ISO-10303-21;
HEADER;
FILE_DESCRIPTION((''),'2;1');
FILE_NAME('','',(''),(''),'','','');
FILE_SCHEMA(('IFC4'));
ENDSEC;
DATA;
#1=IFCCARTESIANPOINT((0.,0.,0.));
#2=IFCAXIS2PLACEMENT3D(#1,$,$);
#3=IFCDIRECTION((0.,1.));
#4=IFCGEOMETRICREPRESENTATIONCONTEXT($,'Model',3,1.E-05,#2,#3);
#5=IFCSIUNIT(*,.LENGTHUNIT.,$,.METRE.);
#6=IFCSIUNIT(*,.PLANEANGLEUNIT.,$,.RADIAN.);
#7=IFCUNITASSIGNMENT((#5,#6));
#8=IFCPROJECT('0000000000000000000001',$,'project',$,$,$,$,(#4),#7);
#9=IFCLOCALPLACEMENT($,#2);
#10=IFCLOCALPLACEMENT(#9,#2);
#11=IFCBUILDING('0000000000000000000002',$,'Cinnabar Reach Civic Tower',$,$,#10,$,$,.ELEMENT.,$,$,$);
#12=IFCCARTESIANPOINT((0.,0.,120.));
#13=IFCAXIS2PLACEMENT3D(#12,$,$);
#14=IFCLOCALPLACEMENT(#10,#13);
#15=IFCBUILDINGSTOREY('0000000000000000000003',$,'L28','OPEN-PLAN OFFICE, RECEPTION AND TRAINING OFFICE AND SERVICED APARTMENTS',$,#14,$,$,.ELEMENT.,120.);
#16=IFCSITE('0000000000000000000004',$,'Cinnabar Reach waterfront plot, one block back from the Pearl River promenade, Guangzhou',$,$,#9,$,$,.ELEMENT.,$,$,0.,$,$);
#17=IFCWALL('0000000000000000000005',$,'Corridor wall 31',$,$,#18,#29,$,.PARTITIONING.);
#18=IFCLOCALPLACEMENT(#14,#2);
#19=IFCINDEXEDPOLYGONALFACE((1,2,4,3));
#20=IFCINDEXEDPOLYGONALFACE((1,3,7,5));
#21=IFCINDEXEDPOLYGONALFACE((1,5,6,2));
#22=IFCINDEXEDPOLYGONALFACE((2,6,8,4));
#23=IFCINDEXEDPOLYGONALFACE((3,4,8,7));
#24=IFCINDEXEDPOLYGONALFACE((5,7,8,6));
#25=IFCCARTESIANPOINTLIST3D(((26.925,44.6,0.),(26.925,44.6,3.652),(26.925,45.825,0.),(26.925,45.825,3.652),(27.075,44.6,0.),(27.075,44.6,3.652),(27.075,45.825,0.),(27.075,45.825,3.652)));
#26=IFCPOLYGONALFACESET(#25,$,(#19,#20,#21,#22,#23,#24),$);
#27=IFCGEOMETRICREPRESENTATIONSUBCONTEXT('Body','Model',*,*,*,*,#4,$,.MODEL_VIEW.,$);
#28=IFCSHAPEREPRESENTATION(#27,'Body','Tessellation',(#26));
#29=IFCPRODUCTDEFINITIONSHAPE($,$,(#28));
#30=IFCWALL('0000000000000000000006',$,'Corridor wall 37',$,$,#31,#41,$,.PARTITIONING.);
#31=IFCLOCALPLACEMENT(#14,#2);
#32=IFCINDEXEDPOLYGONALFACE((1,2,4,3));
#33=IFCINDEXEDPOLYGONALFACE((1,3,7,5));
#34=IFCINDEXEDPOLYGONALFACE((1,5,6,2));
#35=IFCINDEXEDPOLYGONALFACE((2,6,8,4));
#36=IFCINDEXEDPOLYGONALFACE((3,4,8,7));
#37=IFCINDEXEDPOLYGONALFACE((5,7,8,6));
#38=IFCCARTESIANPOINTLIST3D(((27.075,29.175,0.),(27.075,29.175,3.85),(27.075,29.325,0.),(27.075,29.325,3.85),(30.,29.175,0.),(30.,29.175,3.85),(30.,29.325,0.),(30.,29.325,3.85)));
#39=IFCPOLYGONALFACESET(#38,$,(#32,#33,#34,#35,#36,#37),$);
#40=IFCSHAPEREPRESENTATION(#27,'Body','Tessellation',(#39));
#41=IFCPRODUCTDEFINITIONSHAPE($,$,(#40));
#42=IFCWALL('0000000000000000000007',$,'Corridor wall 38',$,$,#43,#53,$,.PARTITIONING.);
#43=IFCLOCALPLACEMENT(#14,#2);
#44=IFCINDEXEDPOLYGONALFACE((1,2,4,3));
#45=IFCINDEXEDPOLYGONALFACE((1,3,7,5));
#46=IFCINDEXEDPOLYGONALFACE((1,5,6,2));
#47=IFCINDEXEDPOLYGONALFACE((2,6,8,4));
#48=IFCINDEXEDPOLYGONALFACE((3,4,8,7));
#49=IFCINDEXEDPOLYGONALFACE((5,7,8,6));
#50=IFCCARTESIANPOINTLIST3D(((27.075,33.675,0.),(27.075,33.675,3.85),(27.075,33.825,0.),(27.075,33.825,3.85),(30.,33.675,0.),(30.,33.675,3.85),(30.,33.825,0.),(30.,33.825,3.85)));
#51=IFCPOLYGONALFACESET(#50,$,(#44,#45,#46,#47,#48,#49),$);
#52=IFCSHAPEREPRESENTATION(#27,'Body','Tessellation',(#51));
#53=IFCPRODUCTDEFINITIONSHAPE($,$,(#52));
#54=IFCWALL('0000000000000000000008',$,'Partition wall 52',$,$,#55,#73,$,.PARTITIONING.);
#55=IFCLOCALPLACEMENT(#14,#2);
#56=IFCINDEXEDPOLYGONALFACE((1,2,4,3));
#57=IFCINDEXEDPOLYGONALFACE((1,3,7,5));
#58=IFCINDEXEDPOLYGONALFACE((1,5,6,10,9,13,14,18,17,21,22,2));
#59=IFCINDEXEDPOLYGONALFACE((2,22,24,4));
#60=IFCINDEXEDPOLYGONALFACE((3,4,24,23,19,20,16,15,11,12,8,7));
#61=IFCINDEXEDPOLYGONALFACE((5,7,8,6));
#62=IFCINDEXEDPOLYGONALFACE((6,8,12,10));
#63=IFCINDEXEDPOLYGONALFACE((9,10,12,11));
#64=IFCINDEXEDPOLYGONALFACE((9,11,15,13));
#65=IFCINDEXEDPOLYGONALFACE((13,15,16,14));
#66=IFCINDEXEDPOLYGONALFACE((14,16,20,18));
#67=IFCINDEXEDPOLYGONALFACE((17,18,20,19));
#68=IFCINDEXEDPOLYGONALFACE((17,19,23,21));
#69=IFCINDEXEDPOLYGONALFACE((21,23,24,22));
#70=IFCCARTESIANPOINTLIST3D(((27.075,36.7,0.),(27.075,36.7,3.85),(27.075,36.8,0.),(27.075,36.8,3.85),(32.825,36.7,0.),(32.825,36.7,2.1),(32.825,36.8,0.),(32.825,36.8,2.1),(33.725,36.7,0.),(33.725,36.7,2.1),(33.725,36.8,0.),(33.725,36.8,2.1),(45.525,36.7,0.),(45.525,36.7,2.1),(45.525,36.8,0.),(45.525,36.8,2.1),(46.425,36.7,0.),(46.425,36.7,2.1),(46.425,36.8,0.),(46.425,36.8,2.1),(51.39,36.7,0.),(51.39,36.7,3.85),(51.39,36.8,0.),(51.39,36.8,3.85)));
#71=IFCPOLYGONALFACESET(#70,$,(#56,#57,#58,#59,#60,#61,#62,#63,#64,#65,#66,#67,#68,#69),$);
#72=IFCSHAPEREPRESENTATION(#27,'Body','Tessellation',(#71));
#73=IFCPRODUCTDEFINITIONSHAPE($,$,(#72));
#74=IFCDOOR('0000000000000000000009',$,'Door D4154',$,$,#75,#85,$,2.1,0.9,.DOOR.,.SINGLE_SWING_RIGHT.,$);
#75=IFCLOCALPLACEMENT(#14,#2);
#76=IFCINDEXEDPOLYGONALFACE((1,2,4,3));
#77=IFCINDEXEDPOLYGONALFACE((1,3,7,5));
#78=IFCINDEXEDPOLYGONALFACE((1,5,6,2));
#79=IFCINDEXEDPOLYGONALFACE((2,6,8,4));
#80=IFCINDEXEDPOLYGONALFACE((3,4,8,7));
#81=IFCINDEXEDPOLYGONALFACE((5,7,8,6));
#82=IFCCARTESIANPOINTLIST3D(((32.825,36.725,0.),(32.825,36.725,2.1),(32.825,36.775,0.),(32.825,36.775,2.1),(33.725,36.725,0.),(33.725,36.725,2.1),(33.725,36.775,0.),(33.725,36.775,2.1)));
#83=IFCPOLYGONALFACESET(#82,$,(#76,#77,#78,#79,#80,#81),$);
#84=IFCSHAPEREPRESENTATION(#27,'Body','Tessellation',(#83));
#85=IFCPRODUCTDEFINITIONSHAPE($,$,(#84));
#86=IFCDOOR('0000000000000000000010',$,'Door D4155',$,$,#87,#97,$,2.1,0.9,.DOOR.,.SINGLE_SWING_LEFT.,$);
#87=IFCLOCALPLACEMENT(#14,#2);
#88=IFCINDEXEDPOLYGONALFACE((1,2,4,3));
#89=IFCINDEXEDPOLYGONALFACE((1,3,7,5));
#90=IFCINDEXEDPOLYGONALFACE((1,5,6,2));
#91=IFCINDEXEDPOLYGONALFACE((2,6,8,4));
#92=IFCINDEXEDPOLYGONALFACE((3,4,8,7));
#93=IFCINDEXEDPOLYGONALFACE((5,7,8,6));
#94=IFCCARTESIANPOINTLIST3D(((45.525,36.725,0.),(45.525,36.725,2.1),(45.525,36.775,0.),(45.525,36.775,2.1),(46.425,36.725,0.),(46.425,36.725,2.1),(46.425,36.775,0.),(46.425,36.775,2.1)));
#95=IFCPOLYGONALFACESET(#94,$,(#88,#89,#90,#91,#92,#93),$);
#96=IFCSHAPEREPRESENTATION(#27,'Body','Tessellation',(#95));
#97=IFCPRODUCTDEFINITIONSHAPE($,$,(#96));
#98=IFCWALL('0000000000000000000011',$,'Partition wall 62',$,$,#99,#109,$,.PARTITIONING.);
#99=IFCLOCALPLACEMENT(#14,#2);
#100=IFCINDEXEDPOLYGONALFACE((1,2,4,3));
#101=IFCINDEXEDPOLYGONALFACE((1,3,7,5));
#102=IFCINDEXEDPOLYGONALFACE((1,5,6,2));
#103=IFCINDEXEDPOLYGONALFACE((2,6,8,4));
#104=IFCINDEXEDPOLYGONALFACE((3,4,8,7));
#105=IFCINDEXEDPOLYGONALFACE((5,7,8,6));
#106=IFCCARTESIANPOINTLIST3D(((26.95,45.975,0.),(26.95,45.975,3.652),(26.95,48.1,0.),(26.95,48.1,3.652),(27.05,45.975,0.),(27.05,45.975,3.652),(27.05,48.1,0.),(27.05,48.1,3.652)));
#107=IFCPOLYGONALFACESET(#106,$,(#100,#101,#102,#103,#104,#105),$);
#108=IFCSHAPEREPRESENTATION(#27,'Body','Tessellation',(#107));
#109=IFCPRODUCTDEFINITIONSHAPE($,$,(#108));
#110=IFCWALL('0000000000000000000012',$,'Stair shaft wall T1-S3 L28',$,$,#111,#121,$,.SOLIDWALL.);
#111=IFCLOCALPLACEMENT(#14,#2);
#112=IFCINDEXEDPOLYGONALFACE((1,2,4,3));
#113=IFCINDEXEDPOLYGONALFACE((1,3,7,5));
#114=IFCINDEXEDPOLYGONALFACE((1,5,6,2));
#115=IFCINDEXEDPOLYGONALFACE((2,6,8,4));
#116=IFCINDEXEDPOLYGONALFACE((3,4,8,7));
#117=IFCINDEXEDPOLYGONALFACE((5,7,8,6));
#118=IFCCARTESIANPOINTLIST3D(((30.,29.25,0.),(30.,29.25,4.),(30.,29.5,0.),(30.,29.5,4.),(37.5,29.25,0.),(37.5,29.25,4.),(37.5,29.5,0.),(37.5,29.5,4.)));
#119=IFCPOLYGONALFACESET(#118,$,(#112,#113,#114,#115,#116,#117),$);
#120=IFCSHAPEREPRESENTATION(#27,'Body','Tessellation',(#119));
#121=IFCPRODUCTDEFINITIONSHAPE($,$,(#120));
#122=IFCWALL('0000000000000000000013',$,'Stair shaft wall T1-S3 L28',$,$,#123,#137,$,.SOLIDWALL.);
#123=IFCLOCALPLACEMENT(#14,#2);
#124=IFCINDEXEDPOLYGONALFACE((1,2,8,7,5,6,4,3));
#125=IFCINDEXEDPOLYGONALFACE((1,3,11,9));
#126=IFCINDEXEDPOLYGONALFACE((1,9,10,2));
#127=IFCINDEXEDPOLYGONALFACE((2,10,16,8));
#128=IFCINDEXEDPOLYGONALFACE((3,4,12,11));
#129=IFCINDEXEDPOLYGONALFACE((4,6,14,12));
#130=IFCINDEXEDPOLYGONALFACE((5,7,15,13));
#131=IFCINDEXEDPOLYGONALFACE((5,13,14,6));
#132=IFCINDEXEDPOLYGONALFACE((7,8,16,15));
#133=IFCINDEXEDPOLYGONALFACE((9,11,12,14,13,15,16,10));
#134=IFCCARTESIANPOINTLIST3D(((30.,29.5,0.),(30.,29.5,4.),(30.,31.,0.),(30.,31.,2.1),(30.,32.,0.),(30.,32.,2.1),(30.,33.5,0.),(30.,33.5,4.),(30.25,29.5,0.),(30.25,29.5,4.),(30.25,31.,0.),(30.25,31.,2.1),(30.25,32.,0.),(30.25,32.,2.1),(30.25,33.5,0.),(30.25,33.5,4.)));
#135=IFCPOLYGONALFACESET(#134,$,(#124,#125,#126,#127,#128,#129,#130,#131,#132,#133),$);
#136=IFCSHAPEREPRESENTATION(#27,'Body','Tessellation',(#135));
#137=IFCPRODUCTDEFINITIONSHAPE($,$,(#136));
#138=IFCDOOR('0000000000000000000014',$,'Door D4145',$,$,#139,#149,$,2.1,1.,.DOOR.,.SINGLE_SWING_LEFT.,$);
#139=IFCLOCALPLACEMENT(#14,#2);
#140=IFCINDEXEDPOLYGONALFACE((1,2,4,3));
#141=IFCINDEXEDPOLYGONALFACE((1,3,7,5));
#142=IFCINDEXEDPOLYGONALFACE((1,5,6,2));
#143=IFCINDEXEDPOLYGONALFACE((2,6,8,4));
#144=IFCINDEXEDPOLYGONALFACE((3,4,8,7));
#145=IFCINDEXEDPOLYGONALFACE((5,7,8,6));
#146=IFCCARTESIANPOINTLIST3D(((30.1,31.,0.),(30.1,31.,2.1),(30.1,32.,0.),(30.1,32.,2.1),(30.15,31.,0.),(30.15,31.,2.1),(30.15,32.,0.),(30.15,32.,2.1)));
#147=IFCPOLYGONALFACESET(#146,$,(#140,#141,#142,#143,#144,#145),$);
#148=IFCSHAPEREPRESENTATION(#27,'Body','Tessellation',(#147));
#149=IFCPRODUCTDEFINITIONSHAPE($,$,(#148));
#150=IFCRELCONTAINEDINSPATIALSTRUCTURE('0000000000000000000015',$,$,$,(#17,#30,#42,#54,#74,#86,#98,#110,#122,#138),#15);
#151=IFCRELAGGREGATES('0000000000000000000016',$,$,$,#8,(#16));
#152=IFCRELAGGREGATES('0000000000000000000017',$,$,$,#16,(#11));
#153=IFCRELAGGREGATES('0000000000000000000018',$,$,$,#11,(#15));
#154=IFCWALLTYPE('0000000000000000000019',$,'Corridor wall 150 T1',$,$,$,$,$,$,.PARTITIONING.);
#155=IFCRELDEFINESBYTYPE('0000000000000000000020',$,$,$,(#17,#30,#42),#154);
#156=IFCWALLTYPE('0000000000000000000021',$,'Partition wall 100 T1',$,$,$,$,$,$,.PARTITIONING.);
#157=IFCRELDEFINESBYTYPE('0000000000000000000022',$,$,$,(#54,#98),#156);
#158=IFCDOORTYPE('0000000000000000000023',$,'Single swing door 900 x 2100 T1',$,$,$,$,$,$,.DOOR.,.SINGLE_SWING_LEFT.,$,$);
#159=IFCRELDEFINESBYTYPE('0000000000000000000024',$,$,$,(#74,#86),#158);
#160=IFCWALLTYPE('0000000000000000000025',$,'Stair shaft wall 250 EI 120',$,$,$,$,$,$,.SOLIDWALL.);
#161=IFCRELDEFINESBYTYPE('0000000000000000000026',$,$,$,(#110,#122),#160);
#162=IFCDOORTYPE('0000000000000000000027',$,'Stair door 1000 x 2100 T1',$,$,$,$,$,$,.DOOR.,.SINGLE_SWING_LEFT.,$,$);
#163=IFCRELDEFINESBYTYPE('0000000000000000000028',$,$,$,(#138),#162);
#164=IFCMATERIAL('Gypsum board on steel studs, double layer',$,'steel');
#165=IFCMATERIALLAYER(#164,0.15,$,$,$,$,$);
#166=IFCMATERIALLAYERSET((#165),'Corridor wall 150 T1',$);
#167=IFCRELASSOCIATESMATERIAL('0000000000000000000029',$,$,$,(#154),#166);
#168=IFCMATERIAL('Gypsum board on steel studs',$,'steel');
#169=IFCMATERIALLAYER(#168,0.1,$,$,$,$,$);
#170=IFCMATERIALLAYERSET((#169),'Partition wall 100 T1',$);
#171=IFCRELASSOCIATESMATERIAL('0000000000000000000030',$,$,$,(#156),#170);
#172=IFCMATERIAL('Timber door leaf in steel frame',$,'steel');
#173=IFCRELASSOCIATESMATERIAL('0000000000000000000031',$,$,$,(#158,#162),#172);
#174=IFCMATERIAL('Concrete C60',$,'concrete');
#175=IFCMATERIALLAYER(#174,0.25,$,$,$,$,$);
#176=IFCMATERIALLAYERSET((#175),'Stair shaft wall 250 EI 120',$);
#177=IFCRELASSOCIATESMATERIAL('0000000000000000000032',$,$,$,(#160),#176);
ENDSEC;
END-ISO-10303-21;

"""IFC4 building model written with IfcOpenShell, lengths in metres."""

from ifc_helpers import new_model, si_unit, direction, frame, frame_2d, origin, place, context, subcontext, project, spatial, rectangle, extrude, material, layer, layer_set, type_object, element, fill, save


model = new_model("IFC4")

# Units and contexts
model_context = context("Model", 3, precision=1e-05, world=origin(), true_north=direction((0.0, 1.0)))
body_context = subcontext(model_context, "Body", "Model", "MODEL_VIEW")
ifc_project = project(units=[si_unit("LENGTHUNIT", "METRE"), si_unit("PLANEANGLEUNIT", "RADIAN")], contexts=[model_context])

# Site, building, storey
site_placement = place(None, origin())
site = spatial("IfcSite", under=ifc_project, at=site_placement, Name="Cinnabar Reach waterfront plot, one block back from the Pearl River promenade, Guangzhou", CompositionType="ELEMENT", RefElevation=0.0)
building_placement = place(site_placement, origin())
building = spatial("IfcBuilding", under=site, at=building_placement, Name="Cinnabar Reach Civic Tower", CompositionType="ELEMENT")
storey_placement = place(building_placement, frame((0.0, 0.0, 120.0)))
storey = spatial("IfcBuildingStorey", under=building, at=storey_placement, Name="L28", Description="OPEN-PLAN OFFICE, RECEPTION AND TRAINING OFFICE AND SERVICED APARTMENTS", CompositionType="ELEMENT", Elevation=120.0)

# Shared definitions
ifc_material_1 = material(Name="Gypsum board on steel studs, double layer", Category="steel")
ifc_layer_1 = layer(ifc_material_1, 0.15)
ifc_layer_set_1 = layer_set([ifc_layer_1], Name="Corridor wall 150 T1")
wall_type_1 = type_object("IfcWallType", Name="Corridor wall 150 T1", PredefinedType="PARTITIONING", material=ifc_layer_set_1)
ifc_material_2 = material(Name="Timber door leaf in steel frame", Category="steel")

# Walls
wall_1_placement = place(storey_placement, frame((27.0, 44.6, 0.0), z_axis=(0.0, 0.0, 1.0), x_axis=(0.0, 1.0, 0.0)))
element("IfcWall", 1, at=wall_1_placement, inside=storey, type_object=wall_type_1, Name="Corridor wall 31", PredefinedType="PARTITIONING", context=body_context, shape_type="SweptSolid", body=[
    extrude(rectangle(XDim=1.225, YDim=0.15, at=frame_2d((0.6125, 0.0))), origin(), (0.0, 0.0, 1.0), 3.652),
])
for number, where, z_axis, x_axis, name in (
    (2, (27.075, 29.25, 0.0), (0.0, 0.0, 1.0), (1.0, 0.0, 0.0), "Corridor wall 37"),
    (3, (27.075, 33.75, 0.0), (0.0, 0.0, 1.0), (1.0, 0.0, 0.0), "Corridor wall 38"),
):
    element("IfcWall", number, at=place(storey_placement, frame(where, z_axis=z_axis, x_axis=x_axis)), inside=storey, type_object=wall_type_1, Name=name, PredefinedType="PARTITIONING", context=body_context, shape_type="SweptSolid", body=[
        extrude(rectangle(XDim=2.925, YDim=0.15, at=frame_2d((1.4625, 0.0))), origin(), (0.0, 0.0, 1.0), 3.85),
    ])

# Wall, openings, doors
ifc_material_3 = material(Name="Gypsum board on steel studs", Category="steel")
ifc_layer_2 = layer(ifc_material_3, 0.1)
ifc_layer_set_2 = layer_set([ifc_layer_2], Name="Partition wall 100 T1")
wall_type_2 = type_object("IfcWallType", Name="Partition wall 100 T1", PredefinedType="PARTITIONING", material=ifc_layer_set_2)
wall_2_placement = place(storey_placement, frame((27.075, 36.75, 0.0), z_axis=(0.0, 0.0, 1.0), x_axis=(1.0, 0.0, 0.0)))
wall_2 = element("IfcWall", 4, at=wall_2_placement, inside=storey, type_object=wall_type_2, Name="Partition wall 52", PredefinedType="PARTITIONING", context=body_context, shape_type="SweptSolid", body=[
    extrude(rectangle(XDim=24.315, YDim=0.1, at=frame_2d((12.1575, 0.0))), origin(), (0.0, 0.0, 1.0), 3.85),
])
opening_1_placement = place(wall_2_placement, frame((5.75, 0.0, 0.0)))
opening_1 = element("IfcOpeningElement", 5, at=opening_1_placement, cuts=wall_2, PredefinedType="OPENING", context=body_context, shape_type="SweptSolid", body=[
    extrude(rectangle(XDim=0.9, YDim=2.1, at=frame_2d((0.45, 1.05))), frame((0.0, 0.06, 0.0), z_axis=(0.0, -1.0, 0.0), x_axis=(1.0, 0.0, 0.0)), (0.0, 0.0, 1.0), 0.12),
])
opening_2_placement = place(wall_2_placement, frame((18.45, 0.0, 0.0)))
opening_2 = element("IfcOpeningElement", 6, at=opening_2_placement, cuts=wall_2, PredefinedType="OPENING", context=body_context, shape_type="SweptSolid", body=[
    extrude(rectangle(XDim=0.9, YDim=2.1, at=frame_2d((0.45, 1.05))), frame((0.0, 0.06, 0.0), z_axis=(0.0, -1.0, 0.0), x_axis=(1.0, 0.0, 0.0)), (0.0, 0.0, 1.0), 0.12),
])
door_type_1 = type_object("IfcDoorType", Name="Single swing door 900 x 2100 T1", OperationType="SINGLE_SWING_LEFT", PredefinedType="DOOR", material=ifc_material_2)
door_1_placement = place(opening_1_placement, frame((0.9, 0.0, 0.0), z_axis=(0.0, 0.0, 1.0), x_axis=(-1.0, 0.0, 0.0)))
door_1 = element("IfcDoor", 7, at=door_1_placement, inside=storey, type_object=door_type_1, Name="Door D4154", OperationType="SINGLE_SWING_RIGHT", OverallHeight=2.1, OverallWidth=0.9, PredefinedType="DOOR", context=body_context, shape_type="SweptSolid", body=[
    extrude(rectangle(XDim=0.9, YDim=2.1, at=frame_2d((0.45, 1.05))), frame((0.0, 0.025, 0.0), z_axis=(0.0, -1.0, 0.0), x_axis=(1.0, 0.0, 0.0)), (0.0, 0.0, 1.0), 0.05),
])
fill(opening_1, door_1)
door_2_placement = place(opening_2_placement, origin())
door_2 = element("IfcDoor", 8, at=door_2_placement, inside=storey, type_object=door_type_1, Name="Door D4155", OperationType="SINGLE_SWING_LEFT", OverallHeight=2.1, OverallWidth=0.9, PredefinedType="DOOR", context=body_context, shape_type="SweptSolid", body=[
    extrude(rectangle(XDim=0.9, YDim=2.1, at=frame_2d((0.45, 1.05))), frame((0.0, 0.025, 0.0), z_axis=(0.0, -1.0, 0.0), x_axis=(1.0, 0.0, 0.0)), (0.0, 0.0, 1.0), 0.05),
])
fill(opening_2, door_2)

# Walls
wall_3_placement = place(storey_placement, frame((27.0, 45.975, 0.0), z_axis=(0.0, 0.0, 1.0), x_axis=(0.0, 1.0, 0.0)))
element("IfcWall", 9, at=wall_3_placement, inside=storey, type_object=wall_type_2, Name="Partition wall 62", PredefinedType="PARTITIONING", context=body_context, shape_type="SweptSolid", body=[
    extrude(rectangle(XDim=2.125, YDim=0.1, at=frame_2d((1.0625, 0.0))), origin(), (0.0, 0.0, 1.0), 3.652),
])
ifc_material_4 = material(Name="Concrete C60", Category="concrete")
ifc_layer_3 = layer(ifc_material_4, 0.25)
ifc_layer_set_3 = layer_set([ifc_layer_3], Name="Stair shaft wall 250 EI 120")
wall_type_3 = type_object("IfcWallType", Name="Stair shaft wall 250 EI 120", PredefinedType="SOLIDWALL", material=ifc_layer_set_3)
wall_4_placement = place(storey_placement, frame((30.0, 29.375, 0.0), z_axis=(0.0, 0.0, 1.0), x_axis=(1.0, 0.0, 0.0)))
element("IfcWall", 10, at=wall_4_placement, inside=storey, type_object=wall_type_3, Name="Stair shaft wall T1-S3 L28", PredefinedType="SOLIDWALL", context=body_context, shape_type="SweptSolid", body=[
    extrude(rectangle(XDim=7.5, YDim=0.25, at=frame_2d((3.75, 0.0))), origin(), (0.0, 0.0, 1.0), 4.0),
])

# Wall, opening, door
wall_5_placement = place(storey_placement, frame((30.125, 33.5, 0.0), z_axis=(0.0, 0.0, 1.0), x_axis=(0.0, -1.0, 0.0)))
wall_5 = element("IfcWall", 11, at=wall_5_placement, inside=storey, type_object=wall_type_3, Name="Stair shaft wall T1-S3 L28", PredefinedType="SOLIDWALL", context=body_context, shape_type="SweptSolid", body=[
    extrude(rectangle(XDim=4.0, YDim=0.25, at=frame_2d((2.0, 0.0))), origin(), (0.0, 0.0, 1.0), 4.0),
])
opening_3_placement = place(wall_5_placement, frame((1.5, 0.0, 0.0)))
opening_3 = element("IfcOpeningElement", 12, at=opening_3_placement, cuts=wall_5, PredefinedType="OPENING", context=body_context, shape_type="SweptSolid", body=[
    extrude(rectangle(XDim=1.0, YDim=2.1, at=frame_2d((0.5, 1.05))), frame((0.0, 0.135, 0.0), z_axis=(0.0, -1.0, 0.0), x_axis=(1.0, 0.0, 0.0)), (0.0, 0.0, 1.0), 0.27),
])
door_type_2 = type_object("IfcDoorType", Name="Stair door 1000 x 2100 T1", OperationType="SINGLE_SWING_LEFT", PredefinedType="DOOR", material=ifc_material_2)
door_3_placement = place(opening_3_placement, origin())
door_3 = element("IfcDoor", 13, at=door_3_placement, inside=storey, type_object=door_type_2, Name="Door D4145", OperationType="SINGLE_SWING_LEFT", OverallHeight=2.1, OverallWidth=1.0, PredefinedType="DOOR", context=body_context, shape_type="SweptSolid", body=[
    extrude(rectangle(XDim=1.0, YDim=2.1, at=frame_2d((0.5, 1.05))), frame((0.0, 0.025, 0.0), z_axis=(0.0, -1.0, 0.0), x_axis=(1.0, 0.0, 0.0)), (0.0, 0.0, 1.0), 0.05),
])
fill(opening_3, door_3)

save(model, "model.ifc")
